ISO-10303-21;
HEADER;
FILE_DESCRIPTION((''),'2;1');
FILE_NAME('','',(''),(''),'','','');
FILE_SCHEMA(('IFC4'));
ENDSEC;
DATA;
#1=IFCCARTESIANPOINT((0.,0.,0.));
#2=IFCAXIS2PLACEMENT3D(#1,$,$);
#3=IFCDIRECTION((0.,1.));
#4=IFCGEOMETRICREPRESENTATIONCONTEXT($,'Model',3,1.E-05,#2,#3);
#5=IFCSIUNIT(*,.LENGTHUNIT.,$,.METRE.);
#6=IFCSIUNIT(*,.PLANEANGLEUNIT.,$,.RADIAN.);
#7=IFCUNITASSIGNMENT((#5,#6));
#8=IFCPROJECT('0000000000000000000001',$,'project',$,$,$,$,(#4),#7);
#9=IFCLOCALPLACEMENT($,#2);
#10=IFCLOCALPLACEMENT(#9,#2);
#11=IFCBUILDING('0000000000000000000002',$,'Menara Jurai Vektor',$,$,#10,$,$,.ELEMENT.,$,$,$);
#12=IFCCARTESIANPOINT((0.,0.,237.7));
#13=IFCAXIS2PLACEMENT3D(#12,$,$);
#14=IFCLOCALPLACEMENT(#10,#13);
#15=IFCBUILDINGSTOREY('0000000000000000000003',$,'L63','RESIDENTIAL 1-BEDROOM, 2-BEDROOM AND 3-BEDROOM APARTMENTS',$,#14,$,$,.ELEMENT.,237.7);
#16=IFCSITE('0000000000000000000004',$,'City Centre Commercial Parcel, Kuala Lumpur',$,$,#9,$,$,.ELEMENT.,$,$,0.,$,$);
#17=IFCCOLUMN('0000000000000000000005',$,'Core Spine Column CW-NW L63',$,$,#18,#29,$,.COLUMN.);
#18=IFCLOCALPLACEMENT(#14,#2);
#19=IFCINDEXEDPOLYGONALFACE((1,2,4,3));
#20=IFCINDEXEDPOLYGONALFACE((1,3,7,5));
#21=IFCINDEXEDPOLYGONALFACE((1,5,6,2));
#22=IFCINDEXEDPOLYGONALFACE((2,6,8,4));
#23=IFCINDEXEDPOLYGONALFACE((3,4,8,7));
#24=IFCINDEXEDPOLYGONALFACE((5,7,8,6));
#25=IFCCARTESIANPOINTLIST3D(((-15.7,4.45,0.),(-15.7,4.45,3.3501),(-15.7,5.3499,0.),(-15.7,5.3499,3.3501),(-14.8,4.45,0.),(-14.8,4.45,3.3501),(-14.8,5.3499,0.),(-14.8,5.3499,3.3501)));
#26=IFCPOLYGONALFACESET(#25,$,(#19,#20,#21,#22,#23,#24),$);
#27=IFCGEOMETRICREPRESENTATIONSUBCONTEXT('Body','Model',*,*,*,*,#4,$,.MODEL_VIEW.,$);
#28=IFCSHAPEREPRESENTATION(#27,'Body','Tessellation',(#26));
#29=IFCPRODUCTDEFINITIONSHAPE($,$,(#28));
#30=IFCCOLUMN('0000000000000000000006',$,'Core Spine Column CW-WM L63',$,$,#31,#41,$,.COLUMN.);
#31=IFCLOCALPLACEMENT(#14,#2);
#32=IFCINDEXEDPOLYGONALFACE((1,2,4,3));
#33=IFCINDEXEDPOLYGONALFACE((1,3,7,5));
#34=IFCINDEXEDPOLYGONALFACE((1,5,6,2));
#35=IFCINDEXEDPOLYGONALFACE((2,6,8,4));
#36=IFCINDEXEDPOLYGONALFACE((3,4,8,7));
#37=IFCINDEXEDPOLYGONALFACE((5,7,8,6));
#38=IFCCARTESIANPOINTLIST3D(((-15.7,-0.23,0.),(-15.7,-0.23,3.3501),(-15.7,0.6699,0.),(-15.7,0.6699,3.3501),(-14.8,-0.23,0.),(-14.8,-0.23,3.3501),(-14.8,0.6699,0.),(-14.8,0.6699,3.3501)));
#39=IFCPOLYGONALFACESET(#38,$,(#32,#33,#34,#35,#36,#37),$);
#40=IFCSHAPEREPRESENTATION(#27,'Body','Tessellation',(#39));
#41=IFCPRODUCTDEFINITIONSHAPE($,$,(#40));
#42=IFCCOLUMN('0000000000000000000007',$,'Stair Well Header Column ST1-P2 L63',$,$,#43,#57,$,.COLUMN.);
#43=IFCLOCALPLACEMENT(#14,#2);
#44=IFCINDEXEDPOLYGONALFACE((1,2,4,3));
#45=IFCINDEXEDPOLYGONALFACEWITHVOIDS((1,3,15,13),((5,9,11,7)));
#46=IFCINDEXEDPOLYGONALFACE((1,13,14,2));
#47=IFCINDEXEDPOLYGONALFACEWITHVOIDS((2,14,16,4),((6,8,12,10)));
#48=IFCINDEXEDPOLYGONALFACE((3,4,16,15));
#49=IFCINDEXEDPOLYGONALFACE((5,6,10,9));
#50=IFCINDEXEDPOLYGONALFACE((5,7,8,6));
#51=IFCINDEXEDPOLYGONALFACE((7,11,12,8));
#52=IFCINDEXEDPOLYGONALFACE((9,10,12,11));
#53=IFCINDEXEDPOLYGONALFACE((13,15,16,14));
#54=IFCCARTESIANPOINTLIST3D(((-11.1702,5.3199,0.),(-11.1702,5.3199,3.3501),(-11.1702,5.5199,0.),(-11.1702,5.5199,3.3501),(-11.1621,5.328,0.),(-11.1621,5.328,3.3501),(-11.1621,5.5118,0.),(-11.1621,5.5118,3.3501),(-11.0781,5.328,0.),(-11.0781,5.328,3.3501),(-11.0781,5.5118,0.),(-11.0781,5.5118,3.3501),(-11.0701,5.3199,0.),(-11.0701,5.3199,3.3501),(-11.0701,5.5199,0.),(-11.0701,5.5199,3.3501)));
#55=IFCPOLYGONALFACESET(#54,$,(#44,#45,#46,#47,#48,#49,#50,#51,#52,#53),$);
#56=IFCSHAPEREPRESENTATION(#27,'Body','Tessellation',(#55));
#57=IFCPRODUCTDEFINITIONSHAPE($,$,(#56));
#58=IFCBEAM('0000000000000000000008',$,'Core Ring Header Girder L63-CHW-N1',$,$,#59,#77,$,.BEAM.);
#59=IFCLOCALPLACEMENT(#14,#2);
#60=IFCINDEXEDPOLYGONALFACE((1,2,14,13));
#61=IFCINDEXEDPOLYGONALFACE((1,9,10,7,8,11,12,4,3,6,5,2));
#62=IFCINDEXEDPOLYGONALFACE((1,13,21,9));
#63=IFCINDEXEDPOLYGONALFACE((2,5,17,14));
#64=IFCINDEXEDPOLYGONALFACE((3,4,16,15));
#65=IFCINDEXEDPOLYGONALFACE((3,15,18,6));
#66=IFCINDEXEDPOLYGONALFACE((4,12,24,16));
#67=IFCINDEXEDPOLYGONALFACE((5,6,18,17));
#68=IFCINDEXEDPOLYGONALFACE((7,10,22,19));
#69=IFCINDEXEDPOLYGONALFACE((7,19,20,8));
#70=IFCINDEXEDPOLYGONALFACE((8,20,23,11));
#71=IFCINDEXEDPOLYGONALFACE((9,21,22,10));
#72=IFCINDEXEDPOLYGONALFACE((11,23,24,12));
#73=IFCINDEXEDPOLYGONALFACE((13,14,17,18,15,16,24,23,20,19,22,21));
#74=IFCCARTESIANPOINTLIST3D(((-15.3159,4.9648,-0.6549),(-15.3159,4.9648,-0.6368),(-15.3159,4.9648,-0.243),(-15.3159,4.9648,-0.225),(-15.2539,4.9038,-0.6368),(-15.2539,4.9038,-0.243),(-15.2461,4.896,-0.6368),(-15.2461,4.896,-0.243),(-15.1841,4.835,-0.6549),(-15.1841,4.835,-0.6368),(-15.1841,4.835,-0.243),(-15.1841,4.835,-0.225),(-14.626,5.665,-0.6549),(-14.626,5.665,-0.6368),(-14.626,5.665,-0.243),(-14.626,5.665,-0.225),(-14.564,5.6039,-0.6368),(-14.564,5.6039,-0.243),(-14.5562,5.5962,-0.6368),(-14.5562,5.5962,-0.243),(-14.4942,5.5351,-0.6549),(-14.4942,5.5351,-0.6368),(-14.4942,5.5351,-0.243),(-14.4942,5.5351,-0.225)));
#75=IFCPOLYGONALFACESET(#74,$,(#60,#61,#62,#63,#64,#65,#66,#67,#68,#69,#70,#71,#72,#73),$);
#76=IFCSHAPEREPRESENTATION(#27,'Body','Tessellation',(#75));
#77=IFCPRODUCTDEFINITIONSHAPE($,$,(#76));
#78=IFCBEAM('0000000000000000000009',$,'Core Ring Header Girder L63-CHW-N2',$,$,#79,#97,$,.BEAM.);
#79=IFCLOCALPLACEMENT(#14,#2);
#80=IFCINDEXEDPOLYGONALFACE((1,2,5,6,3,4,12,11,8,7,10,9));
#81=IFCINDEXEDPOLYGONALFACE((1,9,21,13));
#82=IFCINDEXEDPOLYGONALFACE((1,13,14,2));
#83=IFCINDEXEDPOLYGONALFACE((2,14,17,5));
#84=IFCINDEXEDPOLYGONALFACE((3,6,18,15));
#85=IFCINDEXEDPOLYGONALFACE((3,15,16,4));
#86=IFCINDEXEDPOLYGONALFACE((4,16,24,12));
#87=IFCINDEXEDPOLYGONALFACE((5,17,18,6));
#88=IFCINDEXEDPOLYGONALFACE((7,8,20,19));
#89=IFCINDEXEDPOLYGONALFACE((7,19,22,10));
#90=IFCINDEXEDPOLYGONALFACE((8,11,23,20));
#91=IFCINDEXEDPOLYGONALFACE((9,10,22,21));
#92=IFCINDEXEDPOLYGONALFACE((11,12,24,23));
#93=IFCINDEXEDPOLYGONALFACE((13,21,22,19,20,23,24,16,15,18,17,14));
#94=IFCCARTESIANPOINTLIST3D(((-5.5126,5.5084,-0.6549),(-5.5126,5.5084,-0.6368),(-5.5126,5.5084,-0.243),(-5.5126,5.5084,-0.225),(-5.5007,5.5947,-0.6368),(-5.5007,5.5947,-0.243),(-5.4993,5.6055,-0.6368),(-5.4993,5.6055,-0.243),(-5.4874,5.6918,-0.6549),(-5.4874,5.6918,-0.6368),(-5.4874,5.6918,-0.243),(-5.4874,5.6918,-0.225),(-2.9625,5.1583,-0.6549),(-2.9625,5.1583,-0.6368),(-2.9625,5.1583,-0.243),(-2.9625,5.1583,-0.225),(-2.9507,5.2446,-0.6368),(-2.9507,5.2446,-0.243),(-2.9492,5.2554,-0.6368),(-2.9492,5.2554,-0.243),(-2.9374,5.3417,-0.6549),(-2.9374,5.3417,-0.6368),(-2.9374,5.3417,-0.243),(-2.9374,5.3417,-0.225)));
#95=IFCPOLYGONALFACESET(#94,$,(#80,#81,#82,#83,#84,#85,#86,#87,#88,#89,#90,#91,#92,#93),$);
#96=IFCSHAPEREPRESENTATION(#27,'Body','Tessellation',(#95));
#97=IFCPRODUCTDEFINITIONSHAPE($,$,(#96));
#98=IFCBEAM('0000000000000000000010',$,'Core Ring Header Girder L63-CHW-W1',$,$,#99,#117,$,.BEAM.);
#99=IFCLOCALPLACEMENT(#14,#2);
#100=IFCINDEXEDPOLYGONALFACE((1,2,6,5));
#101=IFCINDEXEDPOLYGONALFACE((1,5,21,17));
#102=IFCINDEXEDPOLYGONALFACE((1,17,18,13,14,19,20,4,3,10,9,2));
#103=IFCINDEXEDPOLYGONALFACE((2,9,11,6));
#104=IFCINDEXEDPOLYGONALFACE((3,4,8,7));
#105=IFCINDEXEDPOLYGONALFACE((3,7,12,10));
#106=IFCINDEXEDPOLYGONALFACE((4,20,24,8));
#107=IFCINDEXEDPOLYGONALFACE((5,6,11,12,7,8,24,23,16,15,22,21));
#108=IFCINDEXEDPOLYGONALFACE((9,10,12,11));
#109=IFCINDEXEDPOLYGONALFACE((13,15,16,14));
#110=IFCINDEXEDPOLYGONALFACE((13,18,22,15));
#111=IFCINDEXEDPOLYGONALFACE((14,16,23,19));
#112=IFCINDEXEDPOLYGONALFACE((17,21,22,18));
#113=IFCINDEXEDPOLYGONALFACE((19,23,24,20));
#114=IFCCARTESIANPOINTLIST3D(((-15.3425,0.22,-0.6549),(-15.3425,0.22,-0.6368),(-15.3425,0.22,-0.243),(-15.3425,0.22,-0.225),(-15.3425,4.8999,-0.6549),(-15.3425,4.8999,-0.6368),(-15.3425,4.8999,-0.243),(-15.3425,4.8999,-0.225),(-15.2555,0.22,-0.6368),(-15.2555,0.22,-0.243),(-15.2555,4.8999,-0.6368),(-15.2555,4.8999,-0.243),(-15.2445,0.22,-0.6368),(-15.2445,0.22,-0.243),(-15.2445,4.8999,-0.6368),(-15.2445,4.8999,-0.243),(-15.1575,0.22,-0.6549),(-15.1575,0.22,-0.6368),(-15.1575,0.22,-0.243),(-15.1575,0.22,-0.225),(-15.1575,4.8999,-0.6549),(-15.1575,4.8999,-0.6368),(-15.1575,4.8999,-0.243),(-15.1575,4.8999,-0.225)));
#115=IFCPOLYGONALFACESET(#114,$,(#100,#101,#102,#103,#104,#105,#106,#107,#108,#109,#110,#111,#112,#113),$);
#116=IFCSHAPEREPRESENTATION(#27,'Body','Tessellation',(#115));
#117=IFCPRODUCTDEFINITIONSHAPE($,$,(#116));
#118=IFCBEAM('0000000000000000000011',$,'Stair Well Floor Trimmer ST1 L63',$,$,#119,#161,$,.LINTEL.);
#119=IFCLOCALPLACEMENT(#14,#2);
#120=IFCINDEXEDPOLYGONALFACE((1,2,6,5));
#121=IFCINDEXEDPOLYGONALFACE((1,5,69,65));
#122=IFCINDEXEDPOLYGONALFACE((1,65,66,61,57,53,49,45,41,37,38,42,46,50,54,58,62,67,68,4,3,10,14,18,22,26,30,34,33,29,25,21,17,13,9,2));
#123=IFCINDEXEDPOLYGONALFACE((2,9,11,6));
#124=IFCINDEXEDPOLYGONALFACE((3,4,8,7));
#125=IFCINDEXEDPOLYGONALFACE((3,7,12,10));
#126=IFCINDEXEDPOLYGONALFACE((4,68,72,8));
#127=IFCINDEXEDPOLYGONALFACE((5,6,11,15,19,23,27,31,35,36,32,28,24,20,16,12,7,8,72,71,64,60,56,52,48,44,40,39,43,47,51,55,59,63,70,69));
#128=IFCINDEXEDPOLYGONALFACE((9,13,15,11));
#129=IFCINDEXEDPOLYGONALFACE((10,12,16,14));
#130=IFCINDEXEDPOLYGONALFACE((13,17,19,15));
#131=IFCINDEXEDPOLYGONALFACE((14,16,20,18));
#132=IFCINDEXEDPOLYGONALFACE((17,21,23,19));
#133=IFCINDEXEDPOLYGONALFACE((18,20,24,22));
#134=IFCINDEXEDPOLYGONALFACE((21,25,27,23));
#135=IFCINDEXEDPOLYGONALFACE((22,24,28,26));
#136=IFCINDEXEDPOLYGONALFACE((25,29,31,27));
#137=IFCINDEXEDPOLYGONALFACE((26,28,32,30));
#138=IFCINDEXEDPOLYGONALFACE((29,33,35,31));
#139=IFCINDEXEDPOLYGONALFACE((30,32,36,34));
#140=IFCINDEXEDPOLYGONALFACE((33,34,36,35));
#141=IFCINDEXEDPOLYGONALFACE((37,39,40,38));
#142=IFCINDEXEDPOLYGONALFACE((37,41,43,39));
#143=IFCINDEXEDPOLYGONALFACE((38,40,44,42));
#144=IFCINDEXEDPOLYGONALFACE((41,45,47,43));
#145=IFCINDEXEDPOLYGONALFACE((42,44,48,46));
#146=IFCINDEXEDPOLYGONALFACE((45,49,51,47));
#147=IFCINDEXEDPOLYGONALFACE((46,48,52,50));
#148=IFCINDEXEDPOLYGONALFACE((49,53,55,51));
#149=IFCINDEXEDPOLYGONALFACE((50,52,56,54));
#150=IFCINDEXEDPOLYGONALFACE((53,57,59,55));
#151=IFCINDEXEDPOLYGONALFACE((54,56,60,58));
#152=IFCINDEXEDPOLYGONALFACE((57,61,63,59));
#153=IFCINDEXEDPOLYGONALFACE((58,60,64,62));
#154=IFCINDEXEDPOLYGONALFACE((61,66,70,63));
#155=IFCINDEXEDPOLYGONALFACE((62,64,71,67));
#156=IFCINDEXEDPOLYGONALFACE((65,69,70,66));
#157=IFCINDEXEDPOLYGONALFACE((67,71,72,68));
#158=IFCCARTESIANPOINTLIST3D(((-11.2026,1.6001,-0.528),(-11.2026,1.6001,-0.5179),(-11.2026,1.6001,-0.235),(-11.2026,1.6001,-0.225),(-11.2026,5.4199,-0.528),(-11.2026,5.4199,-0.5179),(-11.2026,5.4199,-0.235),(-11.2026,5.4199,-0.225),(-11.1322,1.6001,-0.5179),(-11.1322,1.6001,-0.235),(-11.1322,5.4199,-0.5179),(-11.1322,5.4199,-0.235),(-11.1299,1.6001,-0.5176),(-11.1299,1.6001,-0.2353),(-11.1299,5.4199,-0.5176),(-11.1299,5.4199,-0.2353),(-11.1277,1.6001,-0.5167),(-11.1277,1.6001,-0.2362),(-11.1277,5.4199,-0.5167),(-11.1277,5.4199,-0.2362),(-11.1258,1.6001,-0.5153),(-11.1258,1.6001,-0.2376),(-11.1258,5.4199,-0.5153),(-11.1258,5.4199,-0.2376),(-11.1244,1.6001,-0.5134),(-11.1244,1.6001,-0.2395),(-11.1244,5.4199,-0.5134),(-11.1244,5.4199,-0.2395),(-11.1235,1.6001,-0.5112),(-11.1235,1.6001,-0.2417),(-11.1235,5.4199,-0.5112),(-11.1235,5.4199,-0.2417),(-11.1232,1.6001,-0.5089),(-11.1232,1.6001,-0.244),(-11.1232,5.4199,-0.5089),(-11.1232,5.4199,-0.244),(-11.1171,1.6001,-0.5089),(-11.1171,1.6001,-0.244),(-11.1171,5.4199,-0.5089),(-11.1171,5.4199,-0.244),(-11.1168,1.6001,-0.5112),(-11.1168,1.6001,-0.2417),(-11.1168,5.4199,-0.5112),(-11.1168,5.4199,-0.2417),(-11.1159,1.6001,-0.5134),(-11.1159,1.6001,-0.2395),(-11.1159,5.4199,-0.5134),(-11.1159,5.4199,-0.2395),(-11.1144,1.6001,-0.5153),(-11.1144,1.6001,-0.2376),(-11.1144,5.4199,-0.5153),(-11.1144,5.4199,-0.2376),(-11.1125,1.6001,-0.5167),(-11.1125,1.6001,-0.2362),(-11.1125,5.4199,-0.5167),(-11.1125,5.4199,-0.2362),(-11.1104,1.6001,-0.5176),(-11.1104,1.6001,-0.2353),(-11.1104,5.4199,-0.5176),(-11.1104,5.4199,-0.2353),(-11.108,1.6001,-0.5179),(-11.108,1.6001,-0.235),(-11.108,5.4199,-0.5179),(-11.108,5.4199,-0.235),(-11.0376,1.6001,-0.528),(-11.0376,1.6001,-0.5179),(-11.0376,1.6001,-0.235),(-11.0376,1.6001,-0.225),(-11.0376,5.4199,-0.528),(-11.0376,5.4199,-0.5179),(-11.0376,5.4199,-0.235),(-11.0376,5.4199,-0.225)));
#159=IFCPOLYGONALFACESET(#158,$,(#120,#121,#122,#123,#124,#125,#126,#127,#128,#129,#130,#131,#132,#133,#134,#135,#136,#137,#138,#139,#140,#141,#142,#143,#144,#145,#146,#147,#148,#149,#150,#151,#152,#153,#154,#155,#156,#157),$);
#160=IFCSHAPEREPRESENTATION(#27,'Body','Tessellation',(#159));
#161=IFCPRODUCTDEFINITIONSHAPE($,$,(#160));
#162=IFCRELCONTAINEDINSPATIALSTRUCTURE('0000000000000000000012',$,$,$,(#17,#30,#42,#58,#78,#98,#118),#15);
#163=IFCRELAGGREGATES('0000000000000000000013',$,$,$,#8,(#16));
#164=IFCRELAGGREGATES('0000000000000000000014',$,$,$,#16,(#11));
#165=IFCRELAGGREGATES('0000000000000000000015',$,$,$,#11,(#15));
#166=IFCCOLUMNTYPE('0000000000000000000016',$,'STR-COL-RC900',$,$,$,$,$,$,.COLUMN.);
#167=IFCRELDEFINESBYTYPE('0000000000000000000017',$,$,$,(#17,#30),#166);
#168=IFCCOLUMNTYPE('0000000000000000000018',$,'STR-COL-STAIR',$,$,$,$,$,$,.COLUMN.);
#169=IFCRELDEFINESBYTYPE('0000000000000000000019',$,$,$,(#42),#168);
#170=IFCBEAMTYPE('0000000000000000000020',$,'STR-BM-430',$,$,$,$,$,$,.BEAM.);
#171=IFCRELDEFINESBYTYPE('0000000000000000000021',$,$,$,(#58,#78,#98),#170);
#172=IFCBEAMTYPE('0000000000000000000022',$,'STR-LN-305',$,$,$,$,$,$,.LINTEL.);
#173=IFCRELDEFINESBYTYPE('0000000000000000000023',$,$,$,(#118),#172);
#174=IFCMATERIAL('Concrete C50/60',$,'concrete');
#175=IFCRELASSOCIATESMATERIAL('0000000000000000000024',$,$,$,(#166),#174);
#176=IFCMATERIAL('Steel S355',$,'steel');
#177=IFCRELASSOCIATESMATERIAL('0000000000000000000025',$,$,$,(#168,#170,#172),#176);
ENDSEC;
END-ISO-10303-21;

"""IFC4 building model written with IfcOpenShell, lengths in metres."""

from ifc_helpers import new_model, si_unit, direction, frame, origin, origin_2d, place, context, subcontext, project, spatial, rectangle, hollow_rectangle, i_section, extrude, material, material_profile, profile_set, type_object, element, save


model = new_model("IFC4")

# Units and contexts
model_context = context("Model", 3, precision=1e-05, world=origin(), true_north=direction((0.0, 1.0)))
body_context = subcontext(model_context, "Body", "Model", "MODEL_VIEW")
ifc_project = project(units=[si_unit("LENGTHUNIT", "METRE"), si_unit("PLANEANGLEUNIT", "RADIAN")], contexts=[model_context])

# Site, building, storey
site_placement = place(None, origin())
site = spatial("IfcSite", under=ifc_project, at=site_placement, Name="City Centre Commercial Parcel, Kuala Lumpur", CompositionType="ELEMENT", RefElevation=0.0)
building_placement = place(site_placement, origin())
building = spatial("IfcBuilding", under=site, at=building_placement, Name="Menara Jurai Vektor", CompositionType="ELEMENT")
storey_placement = place(building_placement, frame((0.0, 0.0, 237.7)))
storey = spatial("IfcBuildingStorey", under=building, at=storey_placement, Name="L63", Description="RESIDENTIAL 1-BEDROOM, 2-BEDROOM AND 3-BEDROOM APARTMENTS", CompositionType="ELEMENT", Elevation=237.7)

# Columns
ifc_material_1 = material(Name="Concrete C50/60", Category="concrete")
ifc_material_profile_1 = material_profile(ifc_material_1, rectangle(XDim=0.8999, YDim=0.8999, at=origin_2d()), Name="RC 900x900")
ifc_profile_set_1 = profile_set([ifc_material_profile_1], Name="Concrete C50/60")
column_type_1 = type_object("IfcColumnType", Name="STR-COL-RC900", PredefinedType="COLUMN", material=ifc_profile_set_1)
for number, where, z_axis, x_axis, name in (
    (1, (-15.25, 4.8999, 0.0), (0.0, 0.0, 1.0), (1.0, 0.0, 0.0), "Core Spine Column CW-NW L63"),
    (2, (-15.25, 0.22, 0.0), (0.0, 0.0, 1.0), (1.0, 0.0, 0.0), "Core Spine Column CW-WM L63"),
):
    element("IfcColumn", number, at=place(storey_placement, frame(where, z_axis=z_axis, x_axis=x_axis)), inside=storey, type_object=column_type_1, Name=name, PredefinedType="COLUMN", context=body_context, shape_type="SweptSolid", body=[
        extrude(rectangle(XDim=0.8999, YDim=0.8999, at=origin_2d()), origin(), (0.0, 0.0, 1.0), 3.3501),
    ])
ifc_material_2 = material(Name="Steel S355", Category="steel")
ifc_material_profile_2 = material_profile(ifc_material_2, hollow_rectangle(XDim=0.1001, YDim=0.2, WallThickness=0.0081, at=origin_2d()), Name="RHS 200x100x8")
ifc_profile_set_2 = profile_set([ifc_material_profile_2], Name="Steel S355")
column_type_2 = type_object("IfcColumnType", Name="STR-COL-STAIR", PredefinedType="COLUMN", material=ifc_profile_set_2)
column_placement = place(storey_placement, frame((-11.1201, 5.4199, 0.0), z_axis=(0.0, 0.0, 1.0), x_axis=(1.0, 0.0, 0.0)))
element("IfcColumn", 3, at=column_placement, inside=storey, type_object=column_type_2, Name="Stair Well Header Column ST1-P2 L63", PredefinedType="COLUMN", context=body_context, shape_type="SweptSolid", body=[
    extrude(hollow_rectangle(XDim=0.1001, YDim=0.2, WallThickness=0.0081, at=origin_2d()), origin(), (0.0, 0.0, 1.0), 3.3501),
])

# Beams
ifc_material_profile_3 = material_profile(ifc_material_2, i_section(OverallWidth=0.1851, OverallDepth=0.4299, WebThickness=0.011, FlangeThickness=0.0181, at=origin_2d()), Name="PG 430x185x76")
ifc_profile_set_3 = profile_set([ifc_material_profile_3], Name="Steel S355")
beam_type_1 = type_object("IfcBeamType", Name="STR-BM-430", PredefinedType="BEAM", material=ifc_profile_set_3)
beam_1_placement = place(storey_placement, frame((-15.25, 4.8999, -0.4399), z_axis=(0.701872, 0.712303, 0.0), x_axis=(-0.712303, 0.701872, 0.0)))
element("IfcBeam", 4, at=beam_1_placement, inside=storey, type_object=beam_type_1, Name="Core Ring Header Girder L63-CHW-N1", PredefinedType="BEAM", context=body_context, shape_type="SweptSolid", body=[
    extrude(i_section(OverallWidth=0.1851, OverallDepth=0.4299, WebThickness=0.011, FlangeThickness=0.0181, at=origin_2d()), origin(), (0.0, 0.0, 1.0), 0.9829),
])
beam_2_placement = place(storey_placement, frame((-5.5, 5.6001, -0.4399), z_axis=(0.990707, -0.136015, 0.0), x_axis=(0.136015, 0.990707, 0.0)))
element("IfcBeam", 5, at=beam_2_placement, inside=storey, type_object=beam_type_1, Name="Core Ring Header Girder L63-CHW-N2", PredefinedType="BEAM", context=body_context, shape_type="SweptSolid", body=[
    extrude(i_section(OverallWidth=0.1851, OverallDepth=0.4299, WebThickness=0.011, FlangeThickness=0.0181, at=origin_2d()), origin(), (0.0, 0.0, 1.0), 2.574),
])
beam_3_placement = place(storey_placement, frame((-15.25, 0.22, -0.4399), z_axis=(0.0, 1.0, 0.0), x_axis=(-1.0, 0.0, 0.0)))
element("IfcBeam", 6, at=beam_3_placement, inside=storey, type_object=beam_type_1, Name="Core Ring Header Girder L63-CHW-W1", PredefinedType="BEAM", context=body_context, shape_type="SweptSolid", body=[
    extrude(i_section(OverallWidth=0.1851, OverallDepth=0.4299, WebThickness=0.011, FlangeThickness=0.0181, at=origin_2d()), origin(), (0.0, 0.0, 1.0), 4.6799),
])
ifc_material_profile_4 = material_profile(ifc_material_2, i_section(OverallWidth=0.165, OverallDepth=0.303, WebThickness=0.0061, FlangeThickness=0.01, FilletRadius=0.009, at=origin_2d()), Name="UKB 305x165x40")
ifc_profile_set_4 = profile_set([ifc_material_profile_4], Name="Steel S355")
beam_type_2 = type_object("IfcBeamType", Name="STR-LN-305", PredefinedType="LINTEL", material=ifc_profile_set_4)
beam_4_placement = place(storey_placement, frame((-11.1201, 1.6001, -0.3765), z_axis=(0.0, 1.0, 0.0), x_axis=(-1.0, 0.0, 0.0)))
element("IfcBeam", 7, at=beam_4_placement, inside=storey, type_object=beam_type_2, Name="Stair Well Floor Trimmer ST1 L63", PredefinedType="LINTEL", context=body_context, shape_type="SweptSolid", body=[
    extrude(i_section(OverallWidth=0.165, OverallDepth=0.303, WebThickness=0.0061, FlangeThickness=0.01, FilletRadius=0.009, at=origin_2d()), origin(), (0.0, 0.0, 1.0), 3.8198),
])

save(model, "model.ifc")
